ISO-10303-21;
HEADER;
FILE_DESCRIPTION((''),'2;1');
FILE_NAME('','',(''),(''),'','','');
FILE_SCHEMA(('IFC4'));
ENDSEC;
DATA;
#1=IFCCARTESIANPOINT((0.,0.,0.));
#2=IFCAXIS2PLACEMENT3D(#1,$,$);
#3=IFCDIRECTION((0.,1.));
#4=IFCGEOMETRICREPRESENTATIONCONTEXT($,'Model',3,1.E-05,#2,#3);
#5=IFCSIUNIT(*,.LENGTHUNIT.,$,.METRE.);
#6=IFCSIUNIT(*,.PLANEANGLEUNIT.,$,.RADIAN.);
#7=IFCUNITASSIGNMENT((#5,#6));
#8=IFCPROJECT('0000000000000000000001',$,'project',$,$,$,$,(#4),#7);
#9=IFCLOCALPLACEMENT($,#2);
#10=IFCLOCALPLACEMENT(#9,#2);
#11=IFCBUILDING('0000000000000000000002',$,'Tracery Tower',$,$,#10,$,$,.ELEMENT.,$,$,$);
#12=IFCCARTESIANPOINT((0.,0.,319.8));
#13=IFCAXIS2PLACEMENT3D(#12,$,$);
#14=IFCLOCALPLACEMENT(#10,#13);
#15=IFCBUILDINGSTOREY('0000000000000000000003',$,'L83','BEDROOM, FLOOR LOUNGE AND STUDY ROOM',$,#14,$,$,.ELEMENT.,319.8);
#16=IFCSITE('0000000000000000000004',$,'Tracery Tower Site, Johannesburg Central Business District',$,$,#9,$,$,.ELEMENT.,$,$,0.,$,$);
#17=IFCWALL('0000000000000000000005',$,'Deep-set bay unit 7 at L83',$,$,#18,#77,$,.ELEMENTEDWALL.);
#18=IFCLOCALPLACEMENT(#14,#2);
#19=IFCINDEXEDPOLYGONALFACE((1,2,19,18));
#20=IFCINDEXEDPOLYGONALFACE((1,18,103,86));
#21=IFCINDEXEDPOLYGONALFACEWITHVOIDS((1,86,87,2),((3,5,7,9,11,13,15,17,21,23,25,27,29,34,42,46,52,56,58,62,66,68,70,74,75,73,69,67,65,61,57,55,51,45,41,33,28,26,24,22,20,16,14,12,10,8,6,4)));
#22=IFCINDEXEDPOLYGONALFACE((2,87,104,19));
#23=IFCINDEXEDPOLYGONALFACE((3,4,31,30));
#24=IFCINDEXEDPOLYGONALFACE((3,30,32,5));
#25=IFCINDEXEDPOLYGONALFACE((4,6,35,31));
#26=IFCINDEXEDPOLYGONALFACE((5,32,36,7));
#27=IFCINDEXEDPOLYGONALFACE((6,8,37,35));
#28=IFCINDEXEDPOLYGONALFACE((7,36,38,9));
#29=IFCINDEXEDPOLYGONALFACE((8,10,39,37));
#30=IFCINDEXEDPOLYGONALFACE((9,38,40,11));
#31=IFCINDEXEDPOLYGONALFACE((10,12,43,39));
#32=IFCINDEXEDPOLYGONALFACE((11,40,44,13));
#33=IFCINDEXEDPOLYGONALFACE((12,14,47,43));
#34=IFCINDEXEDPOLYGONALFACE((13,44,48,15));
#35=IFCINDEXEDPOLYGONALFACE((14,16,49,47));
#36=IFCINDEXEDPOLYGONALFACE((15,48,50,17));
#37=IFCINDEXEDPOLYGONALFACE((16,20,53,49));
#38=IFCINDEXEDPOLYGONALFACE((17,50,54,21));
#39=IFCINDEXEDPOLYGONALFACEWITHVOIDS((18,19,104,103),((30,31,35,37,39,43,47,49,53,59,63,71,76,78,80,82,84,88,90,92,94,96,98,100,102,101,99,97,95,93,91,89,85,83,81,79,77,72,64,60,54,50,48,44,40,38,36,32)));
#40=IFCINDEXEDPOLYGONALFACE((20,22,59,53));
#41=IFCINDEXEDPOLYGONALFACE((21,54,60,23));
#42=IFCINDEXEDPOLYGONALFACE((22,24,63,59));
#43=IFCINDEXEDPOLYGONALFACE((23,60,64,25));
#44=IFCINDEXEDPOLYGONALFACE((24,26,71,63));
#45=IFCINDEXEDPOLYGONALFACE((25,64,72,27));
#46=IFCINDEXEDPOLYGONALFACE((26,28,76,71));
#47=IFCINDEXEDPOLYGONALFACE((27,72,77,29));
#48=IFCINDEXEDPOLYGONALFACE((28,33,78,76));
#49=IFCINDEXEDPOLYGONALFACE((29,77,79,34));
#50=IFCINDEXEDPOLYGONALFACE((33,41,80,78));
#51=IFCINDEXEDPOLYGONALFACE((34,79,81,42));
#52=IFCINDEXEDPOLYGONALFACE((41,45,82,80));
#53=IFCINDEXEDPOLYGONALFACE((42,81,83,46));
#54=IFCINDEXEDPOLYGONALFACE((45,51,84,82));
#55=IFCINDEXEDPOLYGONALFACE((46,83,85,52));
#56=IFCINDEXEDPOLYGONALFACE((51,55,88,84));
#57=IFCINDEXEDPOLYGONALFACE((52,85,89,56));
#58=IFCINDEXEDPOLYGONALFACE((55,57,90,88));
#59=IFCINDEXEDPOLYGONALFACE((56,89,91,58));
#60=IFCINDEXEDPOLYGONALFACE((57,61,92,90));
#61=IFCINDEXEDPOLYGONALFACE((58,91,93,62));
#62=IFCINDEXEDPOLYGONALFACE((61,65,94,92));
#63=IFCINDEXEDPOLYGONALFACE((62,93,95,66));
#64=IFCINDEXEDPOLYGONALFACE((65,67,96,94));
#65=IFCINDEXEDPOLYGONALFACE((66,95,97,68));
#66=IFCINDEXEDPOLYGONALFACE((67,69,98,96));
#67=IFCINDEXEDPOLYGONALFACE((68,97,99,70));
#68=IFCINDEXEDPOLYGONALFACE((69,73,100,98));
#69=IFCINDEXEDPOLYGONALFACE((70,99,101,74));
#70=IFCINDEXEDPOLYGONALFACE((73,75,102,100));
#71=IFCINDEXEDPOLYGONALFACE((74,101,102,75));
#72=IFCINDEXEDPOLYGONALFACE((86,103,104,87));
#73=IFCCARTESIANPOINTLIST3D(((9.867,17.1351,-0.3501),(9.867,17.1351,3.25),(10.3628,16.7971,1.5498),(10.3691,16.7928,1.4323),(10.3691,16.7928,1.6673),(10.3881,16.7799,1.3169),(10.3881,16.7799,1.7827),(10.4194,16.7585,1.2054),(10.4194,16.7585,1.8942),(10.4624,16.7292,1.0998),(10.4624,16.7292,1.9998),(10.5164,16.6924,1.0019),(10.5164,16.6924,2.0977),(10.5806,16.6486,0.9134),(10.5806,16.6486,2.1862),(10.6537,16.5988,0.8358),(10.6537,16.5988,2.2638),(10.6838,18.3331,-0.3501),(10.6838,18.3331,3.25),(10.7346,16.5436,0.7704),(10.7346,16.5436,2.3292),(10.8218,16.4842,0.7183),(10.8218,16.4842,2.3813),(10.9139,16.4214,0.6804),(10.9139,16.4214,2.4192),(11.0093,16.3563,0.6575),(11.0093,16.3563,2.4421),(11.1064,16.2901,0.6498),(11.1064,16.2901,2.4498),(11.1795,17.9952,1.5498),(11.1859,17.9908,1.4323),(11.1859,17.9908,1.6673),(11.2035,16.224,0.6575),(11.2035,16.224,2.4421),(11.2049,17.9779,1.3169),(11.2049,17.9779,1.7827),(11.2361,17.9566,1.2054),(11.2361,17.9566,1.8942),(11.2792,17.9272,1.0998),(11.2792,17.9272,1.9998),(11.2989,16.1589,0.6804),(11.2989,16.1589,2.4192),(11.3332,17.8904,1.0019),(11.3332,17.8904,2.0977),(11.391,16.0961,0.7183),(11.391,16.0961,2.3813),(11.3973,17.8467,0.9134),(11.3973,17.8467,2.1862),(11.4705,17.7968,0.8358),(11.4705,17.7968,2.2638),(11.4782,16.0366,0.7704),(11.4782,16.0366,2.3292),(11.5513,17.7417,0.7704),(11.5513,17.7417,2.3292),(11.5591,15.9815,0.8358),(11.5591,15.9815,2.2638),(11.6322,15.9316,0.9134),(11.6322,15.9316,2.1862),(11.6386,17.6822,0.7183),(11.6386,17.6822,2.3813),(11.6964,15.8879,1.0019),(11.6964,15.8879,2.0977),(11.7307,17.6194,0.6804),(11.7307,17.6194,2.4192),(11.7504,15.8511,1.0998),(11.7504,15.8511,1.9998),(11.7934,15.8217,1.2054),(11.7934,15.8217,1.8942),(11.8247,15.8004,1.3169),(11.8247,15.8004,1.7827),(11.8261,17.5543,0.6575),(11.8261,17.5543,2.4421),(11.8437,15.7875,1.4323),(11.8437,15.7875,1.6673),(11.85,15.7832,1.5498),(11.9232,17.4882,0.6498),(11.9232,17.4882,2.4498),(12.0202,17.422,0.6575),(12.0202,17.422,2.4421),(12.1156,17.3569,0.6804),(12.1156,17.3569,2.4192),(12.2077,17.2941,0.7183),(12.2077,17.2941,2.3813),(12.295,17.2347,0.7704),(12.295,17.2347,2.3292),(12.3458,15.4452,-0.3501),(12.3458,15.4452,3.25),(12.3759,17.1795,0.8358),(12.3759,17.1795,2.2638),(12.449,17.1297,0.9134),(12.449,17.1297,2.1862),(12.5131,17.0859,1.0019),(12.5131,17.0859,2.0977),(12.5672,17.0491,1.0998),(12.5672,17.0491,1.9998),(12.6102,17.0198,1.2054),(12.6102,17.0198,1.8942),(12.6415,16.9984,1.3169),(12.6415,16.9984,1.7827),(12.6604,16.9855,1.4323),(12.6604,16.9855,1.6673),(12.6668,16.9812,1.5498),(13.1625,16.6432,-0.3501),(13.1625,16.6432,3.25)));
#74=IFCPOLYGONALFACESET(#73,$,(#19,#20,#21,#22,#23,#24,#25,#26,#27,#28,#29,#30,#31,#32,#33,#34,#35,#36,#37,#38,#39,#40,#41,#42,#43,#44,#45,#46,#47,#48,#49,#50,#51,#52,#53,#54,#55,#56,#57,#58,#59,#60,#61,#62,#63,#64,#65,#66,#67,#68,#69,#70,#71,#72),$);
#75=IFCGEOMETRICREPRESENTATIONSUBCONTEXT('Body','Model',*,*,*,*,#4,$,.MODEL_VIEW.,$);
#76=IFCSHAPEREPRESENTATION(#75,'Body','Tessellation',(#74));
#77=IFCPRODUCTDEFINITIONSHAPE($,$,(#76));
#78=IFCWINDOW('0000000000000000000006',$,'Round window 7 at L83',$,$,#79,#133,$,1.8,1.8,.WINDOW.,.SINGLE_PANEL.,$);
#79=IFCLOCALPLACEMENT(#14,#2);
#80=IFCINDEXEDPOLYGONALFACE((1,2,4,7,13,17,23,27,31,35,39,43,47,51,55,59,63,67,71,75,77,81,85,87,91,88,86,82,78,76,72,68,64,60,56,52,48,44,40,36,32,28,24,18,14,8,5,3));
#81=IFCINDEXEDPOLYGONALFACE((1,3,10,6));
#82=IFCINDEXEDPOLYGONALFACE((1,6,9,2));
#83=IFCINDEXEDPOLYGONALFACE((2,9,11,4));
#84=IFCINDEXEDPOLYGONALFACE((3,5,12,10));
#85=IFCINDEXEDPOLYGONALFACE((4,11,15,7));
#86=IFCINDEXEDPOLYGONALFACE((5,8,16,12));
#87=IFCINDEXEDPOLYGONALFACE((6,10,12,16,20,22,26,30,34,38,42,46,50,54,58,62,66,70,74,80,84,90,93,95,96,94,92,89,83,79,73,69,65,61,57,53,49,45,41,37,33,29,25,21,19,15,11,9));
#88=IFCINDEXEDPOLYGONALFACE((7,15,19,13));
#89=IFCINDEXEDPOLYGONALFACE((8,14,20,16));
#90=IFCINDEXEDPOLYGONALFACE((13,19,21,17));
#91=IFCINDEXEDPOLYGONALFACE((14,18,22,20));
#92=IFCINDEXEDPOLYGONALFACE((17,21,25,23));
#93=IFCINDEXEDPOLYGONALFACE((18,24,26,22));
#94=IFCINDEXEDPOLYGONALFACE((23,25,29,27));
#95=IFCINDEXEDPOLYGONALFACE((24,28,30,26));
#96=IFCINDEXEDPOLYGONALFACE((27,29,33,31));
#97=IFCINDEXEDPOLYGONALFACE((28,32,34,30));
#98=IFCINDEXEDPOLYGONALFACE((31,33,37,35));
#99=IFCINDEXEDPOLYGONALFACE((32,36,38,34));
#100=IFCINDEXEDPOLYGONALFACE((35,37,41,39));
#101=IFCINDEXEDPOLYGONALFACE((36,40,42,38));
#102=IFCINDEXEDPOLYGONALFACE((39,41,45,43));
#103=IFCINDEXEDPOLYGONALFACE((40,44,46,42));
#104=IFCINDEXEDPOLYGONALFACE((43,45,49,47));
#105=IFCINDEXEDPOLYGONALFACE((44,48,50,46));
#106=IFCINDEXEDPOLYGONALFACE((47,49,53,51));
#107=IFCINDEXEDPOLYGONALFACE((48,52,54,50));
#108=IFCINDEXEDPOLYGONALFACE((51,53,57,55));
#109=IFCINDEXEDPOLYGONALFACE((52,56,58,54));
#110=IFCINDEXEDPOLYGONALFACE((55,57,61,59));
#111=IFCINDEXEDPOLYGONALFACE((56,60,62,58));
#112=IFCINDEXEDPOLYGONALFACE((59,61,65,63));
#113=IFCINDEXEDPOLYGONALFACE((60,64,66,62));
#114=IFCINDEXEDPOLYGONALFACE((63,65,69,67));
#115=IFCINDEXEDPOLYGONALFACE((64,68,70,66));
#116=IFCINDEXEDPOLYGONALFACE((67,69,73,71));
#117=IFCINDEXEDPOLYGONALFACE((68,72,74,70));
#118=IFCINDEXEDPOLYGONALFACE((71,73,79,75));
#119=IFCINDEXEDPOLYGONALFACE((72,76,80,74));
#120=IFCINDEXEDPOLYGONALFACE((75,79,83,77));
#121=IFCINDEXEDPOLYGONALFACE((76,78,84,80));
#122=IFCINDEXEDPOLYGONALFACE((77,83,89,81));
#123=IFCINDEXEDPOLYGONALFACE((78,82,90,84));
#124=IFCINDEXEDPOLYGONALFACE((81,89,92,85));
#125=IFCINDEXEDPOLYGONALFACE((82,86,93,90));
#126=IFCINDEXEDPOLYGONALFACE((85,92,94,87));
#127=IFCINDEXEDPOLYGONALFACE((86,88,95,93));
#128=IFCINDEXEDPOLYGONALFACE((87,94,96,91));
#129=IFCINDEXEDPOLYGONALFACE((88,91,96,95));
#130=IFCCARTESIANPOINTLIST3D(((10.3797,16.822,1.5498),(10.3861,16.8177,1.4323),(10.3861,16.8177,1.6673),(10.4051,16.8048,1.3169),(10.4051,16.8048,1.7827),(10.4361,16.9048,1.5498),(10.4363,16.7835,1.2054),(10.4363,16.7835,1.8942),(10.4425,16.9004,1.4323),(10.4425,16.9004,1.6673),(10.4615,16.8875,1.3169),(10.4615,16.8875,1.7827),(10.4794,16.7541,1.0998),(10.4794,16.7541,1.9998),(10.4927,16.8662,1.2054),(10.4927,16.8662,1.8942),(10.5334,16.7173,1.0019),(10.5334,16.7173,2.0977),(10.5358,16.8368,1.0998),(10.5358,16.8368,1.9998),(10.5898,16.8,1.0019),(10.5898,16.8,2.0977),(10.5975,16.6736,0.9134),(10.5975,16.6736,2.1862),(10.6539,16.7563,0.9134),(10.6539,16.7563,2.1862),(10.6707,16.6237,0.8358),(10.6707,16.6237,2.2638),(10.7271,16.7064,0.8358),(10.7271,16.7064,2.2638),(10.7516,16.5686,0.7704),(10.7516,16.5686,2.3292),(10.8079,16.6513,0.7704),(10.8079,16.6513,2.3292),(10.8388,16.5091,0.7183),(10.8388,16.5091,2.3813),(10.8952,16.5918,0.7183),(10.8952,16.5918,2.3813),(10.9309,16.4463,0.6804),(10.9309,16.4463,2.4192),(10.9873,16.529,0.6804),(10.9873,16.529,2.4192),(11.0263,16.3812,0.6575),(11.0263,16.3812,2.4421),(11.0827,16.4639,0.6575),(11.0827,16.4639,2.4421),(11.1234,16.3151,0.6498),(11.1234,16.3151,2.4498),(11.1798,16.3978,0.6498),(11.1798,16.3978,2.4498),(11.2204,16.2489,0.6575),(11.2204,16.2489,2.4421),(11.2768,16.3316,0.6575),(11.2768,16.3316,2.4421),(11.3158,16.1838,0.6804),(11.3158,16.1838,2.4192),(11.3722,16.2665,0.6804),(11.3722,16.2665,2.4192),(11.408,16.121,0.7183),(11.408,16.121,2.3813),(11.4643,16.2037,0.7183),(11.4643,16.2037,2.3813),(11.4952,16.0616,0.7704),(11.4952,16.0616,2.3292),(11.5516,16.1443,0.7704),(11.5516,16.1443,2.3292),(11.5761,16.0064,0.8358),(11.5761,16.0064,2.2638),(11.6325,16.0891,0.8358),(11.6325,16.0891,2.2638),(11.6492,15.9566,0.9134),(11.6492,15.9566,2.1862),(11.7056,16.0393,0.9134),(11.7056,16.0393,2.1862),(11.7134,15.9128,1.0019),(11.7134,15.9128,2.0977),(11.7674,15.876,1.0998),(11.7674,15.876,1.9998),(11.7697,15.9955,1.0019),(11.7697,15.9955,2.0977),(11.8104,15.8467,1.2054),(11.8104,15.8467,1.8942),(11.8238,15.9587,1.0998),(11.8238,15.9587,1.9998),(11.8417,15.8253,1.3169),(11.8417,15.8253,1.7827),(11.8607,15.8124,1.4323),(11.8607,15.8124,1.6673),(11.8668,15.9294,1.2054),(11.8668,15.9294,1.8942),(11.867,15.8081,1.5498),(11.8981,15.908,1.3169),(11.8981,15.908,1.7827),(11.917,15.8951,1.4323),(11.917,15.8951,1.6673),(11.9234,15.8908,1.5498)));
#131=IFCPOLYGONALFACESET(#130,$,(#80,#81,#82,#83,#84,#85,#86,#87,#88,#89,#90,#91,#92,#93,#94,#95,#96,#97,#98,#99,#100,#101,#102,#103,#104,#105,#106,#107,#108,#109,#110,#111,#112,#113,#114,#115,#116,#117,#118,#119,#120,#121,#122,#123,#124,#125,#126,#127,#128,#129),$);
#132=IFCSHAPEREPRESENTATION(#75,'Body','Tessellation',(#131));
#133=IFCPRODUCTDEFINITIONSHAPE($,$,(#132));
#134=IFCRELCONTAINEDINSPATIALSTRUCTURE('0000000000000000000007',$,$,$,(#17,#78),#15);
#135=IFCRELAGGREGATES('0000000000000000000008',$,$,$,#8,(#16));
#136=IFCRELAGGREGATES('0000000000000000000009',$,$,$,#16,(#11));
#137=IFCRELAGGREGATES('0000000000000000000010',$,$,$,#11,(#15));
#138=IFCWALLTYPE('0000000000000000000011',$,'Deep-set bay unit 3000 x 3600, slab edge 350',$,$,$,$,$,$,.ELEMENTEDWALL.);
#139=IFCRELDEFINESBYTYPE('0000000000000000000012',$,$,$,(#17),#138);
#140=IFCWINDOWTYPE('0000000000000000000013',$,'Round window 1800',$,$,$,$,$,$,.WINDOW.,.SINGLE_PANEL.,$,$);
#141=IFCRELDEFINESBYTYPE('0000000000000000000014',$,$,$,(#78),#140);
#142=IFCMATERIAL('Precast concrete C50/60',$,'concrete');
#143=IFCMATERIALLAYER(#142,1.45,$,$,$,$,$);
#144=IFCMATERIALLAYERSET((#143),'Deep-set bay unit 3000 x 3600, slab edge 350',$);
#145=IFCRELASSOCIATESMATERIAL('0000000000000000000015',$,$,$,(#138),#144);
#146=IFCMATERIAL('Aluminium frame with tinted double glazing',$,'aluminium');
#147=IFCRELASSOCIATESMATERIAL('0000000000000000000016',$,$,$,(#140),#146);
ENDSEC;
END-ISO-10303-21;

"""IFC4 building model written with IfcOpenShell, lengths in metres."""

from ifc_helpers import new_model, si_unit, direction, frame, frame_2d, origin, origin_2d, place, context, subcontext, project, spatial, rectangle, circle, extrude, material, layer, layer_set, type_object, element, fill, save


model = new_model("IFC4")

# Units and contexts
model_context = context("Model", 3, precision=1e-05, world=origin(), true_north=direction((0.0, 1.0)))
body_context = subcontext(model_context, "Body", "Model", "MODEL_VIEW")
ifc_project = project(units=[si_unit("LENGTHUNIT", "METRE"), si_unit("PLANEANGLEUNIT", "RADIAN")], contexts=[model_context])

# Site, building, storey
site_placement = place(None, origin())
site = spatial("IfcSite", under=ifc_project, at=site_placement, Name="Tracery Tower Site, Johannesburg Central Business District", CompositionType="ELEMENT", RefElevation=0.0)
building_placement = place(site_placement, origin())
building = spatial("IfcBuilding", under=site, at=building_placement, Name="Tracery Tower", CompositionType="ELEMENT")
storey_placement = place(building_placement, frame((0.0, 0.0, 319.8)))
storey = spatial("IfcBuildingStorey", under=building, at=storey_placement, Name="L83", Description="BEDROOM, FLOOR LOUNGE AND STUDY ROOM", CompositionType="ELEMENT", Elevation=319.8)

# Wall, opening, window
ifc_material_1 = material(Name="Precast concrete C50/60", Category="concrete")
ifc_layer_1 = layer(ifc_material_1, 1.45)
ifc_layer_set_1 = layer_set([ifc_layer_1], Name="Deep-set bay unit 3000 x 3600, slab edge 350")
wall_type_1 = type_object("IfcWallType", Name="Deep-set bay unit 3000 x 3600, slab edge 350", PredefinedType="ELEMENTEDWALL", material=ifc_layer_set_1)
wall_1_placement = place(storey_placement, frame((12.7542, 16.0442, -0.3501), z_axis=(0.0, 0.0, 1.0), x_axis=(-0.826246, 0.563309, 0.0)))
wall_1 = element("IfcWall", 1, at=wall_1_placement, inside=storey, type_object=wall_type_1, Name="Deep-set bay unit 7 at L83", PredefinedType="ELEMENTEDWALL", context=body_context, shape_type="SweptSolid", body=[
    extrude(rectangle(XDim=3.0, YDim=1.45, at=frame_2d((1.5, 0.0))), origin(), (0.0, 0.0, 1.0), 3.6001),
])
opening_1_placement = place(wall_1_placement, frame((1.5, 0.0, 1.8999)))
opening_1 = element("IfcOpeningElement", 2, at=opening_1_placement, cuts=wall_1, PredefinedType="OPENING", context=body_context, shape_type="SweptSolid", body=[
    extrude(circle(Radius=0.9, at=origin_2d()), frame((0.0, 0.7349, 0.0), z_axis=(0.0, -1.0, 0.0), x_axis=(1.0, 0.0, 0.0)), (0.0, 0.0, 1.0), 1.47),
])
ifc_material_2 = material(Name="Aluminium frame with tinted double glazing", Category="aluminium")
window_type = type_object("IfcWindowType", Name="Round window 1800", PartitioningType="SINGLE_PANEL", PredefinedType="WINDOW", material=ifc_material_2)
window_1_placement = place(opening_1_placement, origin())
window_1 = element("IfcWindow", 3, at=window_1_placement, inside=storey, type_object=window_type, Name="Round window 7 at L83", OverallHeight=1.8, OverallWidth=1.8, PartitioningType="SINGLE_PANEL", PredefinedType="WINDOW", context=body_context, shape_type="SweptSolid", body=[
    extrude(circle(Radius=0.9, at=origin_2d()), frame((0.0, 0.6948, 0.0), z_axis=(0.0, -1.0, 0.0), x_axis=(1.0, 0.0, 0.0)), (0.0, 0.0, 1.0), 0.1001),
])
fill(opening_1, window_1)

save(model, "model.ifc")
